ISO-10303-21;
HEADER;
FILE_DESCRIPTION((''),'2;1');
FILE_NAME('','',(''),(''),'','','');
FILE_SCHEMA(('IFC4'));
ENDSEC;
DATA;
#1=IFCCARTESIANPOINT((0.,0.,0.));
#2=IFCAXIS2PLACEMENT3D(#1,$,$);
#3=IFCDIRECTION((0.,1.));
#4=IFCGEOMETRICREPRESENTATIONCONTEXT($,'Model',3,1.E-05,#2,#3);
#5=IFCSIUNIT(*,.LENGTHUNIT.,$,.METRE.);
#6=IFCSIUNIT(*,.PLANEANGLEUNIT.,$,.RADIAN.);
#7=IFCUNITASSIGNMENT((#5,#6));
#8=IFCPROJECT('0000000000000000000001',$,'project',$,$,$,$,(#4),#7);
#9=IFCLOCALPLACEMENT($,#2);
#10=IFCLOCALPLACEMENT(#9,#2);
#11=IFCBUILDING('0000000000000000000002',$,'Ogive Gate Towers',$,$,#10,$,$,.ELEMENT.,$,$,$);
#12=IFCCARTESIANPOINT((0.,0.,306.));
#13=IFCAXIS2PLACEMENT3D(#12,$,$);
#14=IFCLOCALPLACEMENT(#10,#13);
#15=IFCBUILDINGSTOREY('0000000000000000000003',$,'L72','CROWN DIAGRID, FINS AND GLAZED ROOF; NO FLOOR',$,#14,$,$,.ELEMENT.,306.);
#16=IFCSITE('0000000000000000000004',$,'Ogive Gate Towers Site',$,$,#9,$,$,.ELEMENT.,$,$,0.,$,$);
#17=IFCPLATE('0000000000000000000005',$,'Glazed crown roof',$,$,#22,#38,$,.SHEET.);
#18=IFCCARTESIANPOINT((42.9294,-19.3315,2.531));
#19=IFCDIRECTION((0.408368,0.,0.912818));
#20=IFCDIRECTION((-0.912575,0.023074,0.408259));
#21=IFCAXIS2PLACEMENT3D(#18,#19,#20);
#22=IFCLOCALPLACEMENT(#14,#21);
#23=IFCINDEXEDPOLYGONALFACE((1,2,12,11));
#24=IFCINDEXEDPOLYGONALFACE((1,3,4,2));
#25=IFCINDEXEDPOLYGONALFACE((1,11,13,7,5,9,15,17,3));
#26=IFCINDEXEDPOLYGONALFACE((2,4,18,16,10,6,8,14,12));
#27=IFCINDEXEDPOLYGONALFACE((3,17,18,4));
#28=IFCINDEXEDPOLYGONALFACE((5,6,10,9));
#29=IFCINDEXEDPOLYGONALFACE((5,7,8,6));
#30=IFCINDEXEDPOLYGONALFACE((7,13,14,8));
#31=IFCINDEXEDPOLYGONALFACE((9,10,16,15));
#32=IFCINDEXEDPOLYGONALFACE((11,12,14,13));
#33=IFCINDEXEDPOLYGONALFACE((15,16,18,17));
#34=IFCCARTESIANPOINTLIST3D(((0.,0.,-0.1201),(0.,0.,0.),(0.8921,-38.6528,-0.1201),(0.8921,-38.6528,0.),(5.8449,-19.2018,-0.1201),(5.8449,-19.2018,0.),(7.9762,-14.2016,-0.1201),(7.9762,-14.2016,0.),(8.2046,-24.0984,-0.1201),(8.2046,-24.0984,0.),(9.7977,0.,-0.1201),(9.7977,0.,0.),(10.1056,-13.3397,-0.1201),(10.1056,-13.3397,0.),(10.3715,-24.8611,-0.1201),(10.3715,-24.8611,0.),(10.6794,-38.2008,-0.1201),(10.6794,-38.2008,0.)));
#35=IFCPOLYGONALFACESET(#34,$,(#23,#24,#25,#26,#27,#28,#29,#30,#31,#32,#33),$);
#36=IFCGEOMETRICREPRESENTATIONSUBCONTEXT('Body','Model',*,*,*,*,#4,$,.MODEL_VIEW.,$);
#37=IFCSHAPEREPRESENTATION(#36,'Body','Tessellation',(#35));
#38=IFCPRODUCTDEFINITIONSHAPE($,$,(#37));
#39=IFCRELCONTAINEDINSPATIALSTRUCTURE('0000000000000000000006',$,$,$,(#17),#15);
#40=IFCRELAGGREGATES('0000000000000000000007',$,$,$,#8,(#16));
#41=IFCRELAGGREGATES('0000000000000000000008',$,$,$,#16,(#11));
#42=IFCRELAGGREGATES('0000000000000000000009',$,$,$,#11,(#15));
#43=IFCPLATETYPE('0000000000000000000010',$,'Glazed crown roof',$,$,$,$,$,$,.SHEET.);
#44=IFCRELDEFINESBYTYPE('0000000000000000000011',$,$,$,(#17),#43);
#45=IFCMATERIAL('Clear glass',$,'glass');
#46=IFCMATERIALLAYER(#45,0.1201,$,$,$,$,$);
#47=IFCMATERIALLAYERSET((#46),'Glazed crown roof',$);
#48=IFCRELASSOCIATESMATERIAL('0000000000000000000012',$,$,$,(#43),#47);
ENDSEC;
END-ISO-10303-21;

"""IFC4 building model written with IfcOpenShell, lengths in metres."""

from ifc_helpers import new_model, si_unit, direction, frame, origin, place, context, subcontext, project, spatial, polyline, outline, extrude, material, layer, layer_set, type_object, element, save


model = new_model("IFC4")

# Units and contexts
model_context = context("Model", 3, precision=1e-05, world=origin(), true_north=direction((0.0, 1.0)))
body_context = subcontext(model_context, "Body", "Model", "MODEL_VIEW")
ifc_project = project(units=[si_unit("LENGTHUNIT", "METRE"), si_unit("PLANEANGLEUNIT", "RADIAN")], contexts=[model_context])

# Site, building, storey
site_placement = place(None, origin())
site = spatial("IfcSite", under=ifc_project, at=site_placement, Name="Ogive Gate Towers Site", CompositionType="ELEMENT", RefElevation=0.0)
building_placement = place(site_placement, origin())
building = spatial("IfcBuilding", under=site, at=building_placement, Name="Ogive Gate Towers", CompositionType="ELEMENT")
storey_placement = place(building_placement, frame((0.0, 0.0, 306.0)))
storey = spatial("IfcBuildingStorey", under=building, at=storey_placement, Name="L72", Description="CROWN DIAGRID, FINS AND GLAZED ROOF; NO FLOOR", CompositionType="ELEMENT", Elevation=306.0)

# Plate
ifc_material_1 = material(Name="Clear glass", Category="glass")
ifc_layer_1 = layer(ifc_material_1, 0.1201)
ifc_layer_set_1 = layer_set([ifc_layer_1], Name="Glazed crown roof")
plate_type_1 = type_object("IfcPlateType", Name="Glazed crown roof", PredefinedType="SHEET", material=ifc_layer_set_1)
plate_1_placement = place(storey_placement, frame((42.9294, -19.3315, 2.531), z_axis=(0.408368, 0.0, 0.912818), x_axis=(-0.912575, 0.023074, 0.408259)))
element("IfcPlate", 1, at=plate_1_placement, inside=storey, type_object=plate_type_1, Name="Glazed crown roof", PredefinedType="SHEET", context=body_context, shape_type="SweptSolid", body=[
    extrude(outline(polyline([(0.0, 0.0), (9.7977, 0.0), (10.1056, -13.3397), (7.9762, -14.2016), (5.8449, -19.2018), (8.2046, -24.0984), (10.3715, -24.8611), (10.6794, -38.2008), (0.8921, -38.6528), (0.0, 0.0)])), origin(), (0.0, 0.0, -1.0), 0.1201),
])

save(model, "model.ifc")
